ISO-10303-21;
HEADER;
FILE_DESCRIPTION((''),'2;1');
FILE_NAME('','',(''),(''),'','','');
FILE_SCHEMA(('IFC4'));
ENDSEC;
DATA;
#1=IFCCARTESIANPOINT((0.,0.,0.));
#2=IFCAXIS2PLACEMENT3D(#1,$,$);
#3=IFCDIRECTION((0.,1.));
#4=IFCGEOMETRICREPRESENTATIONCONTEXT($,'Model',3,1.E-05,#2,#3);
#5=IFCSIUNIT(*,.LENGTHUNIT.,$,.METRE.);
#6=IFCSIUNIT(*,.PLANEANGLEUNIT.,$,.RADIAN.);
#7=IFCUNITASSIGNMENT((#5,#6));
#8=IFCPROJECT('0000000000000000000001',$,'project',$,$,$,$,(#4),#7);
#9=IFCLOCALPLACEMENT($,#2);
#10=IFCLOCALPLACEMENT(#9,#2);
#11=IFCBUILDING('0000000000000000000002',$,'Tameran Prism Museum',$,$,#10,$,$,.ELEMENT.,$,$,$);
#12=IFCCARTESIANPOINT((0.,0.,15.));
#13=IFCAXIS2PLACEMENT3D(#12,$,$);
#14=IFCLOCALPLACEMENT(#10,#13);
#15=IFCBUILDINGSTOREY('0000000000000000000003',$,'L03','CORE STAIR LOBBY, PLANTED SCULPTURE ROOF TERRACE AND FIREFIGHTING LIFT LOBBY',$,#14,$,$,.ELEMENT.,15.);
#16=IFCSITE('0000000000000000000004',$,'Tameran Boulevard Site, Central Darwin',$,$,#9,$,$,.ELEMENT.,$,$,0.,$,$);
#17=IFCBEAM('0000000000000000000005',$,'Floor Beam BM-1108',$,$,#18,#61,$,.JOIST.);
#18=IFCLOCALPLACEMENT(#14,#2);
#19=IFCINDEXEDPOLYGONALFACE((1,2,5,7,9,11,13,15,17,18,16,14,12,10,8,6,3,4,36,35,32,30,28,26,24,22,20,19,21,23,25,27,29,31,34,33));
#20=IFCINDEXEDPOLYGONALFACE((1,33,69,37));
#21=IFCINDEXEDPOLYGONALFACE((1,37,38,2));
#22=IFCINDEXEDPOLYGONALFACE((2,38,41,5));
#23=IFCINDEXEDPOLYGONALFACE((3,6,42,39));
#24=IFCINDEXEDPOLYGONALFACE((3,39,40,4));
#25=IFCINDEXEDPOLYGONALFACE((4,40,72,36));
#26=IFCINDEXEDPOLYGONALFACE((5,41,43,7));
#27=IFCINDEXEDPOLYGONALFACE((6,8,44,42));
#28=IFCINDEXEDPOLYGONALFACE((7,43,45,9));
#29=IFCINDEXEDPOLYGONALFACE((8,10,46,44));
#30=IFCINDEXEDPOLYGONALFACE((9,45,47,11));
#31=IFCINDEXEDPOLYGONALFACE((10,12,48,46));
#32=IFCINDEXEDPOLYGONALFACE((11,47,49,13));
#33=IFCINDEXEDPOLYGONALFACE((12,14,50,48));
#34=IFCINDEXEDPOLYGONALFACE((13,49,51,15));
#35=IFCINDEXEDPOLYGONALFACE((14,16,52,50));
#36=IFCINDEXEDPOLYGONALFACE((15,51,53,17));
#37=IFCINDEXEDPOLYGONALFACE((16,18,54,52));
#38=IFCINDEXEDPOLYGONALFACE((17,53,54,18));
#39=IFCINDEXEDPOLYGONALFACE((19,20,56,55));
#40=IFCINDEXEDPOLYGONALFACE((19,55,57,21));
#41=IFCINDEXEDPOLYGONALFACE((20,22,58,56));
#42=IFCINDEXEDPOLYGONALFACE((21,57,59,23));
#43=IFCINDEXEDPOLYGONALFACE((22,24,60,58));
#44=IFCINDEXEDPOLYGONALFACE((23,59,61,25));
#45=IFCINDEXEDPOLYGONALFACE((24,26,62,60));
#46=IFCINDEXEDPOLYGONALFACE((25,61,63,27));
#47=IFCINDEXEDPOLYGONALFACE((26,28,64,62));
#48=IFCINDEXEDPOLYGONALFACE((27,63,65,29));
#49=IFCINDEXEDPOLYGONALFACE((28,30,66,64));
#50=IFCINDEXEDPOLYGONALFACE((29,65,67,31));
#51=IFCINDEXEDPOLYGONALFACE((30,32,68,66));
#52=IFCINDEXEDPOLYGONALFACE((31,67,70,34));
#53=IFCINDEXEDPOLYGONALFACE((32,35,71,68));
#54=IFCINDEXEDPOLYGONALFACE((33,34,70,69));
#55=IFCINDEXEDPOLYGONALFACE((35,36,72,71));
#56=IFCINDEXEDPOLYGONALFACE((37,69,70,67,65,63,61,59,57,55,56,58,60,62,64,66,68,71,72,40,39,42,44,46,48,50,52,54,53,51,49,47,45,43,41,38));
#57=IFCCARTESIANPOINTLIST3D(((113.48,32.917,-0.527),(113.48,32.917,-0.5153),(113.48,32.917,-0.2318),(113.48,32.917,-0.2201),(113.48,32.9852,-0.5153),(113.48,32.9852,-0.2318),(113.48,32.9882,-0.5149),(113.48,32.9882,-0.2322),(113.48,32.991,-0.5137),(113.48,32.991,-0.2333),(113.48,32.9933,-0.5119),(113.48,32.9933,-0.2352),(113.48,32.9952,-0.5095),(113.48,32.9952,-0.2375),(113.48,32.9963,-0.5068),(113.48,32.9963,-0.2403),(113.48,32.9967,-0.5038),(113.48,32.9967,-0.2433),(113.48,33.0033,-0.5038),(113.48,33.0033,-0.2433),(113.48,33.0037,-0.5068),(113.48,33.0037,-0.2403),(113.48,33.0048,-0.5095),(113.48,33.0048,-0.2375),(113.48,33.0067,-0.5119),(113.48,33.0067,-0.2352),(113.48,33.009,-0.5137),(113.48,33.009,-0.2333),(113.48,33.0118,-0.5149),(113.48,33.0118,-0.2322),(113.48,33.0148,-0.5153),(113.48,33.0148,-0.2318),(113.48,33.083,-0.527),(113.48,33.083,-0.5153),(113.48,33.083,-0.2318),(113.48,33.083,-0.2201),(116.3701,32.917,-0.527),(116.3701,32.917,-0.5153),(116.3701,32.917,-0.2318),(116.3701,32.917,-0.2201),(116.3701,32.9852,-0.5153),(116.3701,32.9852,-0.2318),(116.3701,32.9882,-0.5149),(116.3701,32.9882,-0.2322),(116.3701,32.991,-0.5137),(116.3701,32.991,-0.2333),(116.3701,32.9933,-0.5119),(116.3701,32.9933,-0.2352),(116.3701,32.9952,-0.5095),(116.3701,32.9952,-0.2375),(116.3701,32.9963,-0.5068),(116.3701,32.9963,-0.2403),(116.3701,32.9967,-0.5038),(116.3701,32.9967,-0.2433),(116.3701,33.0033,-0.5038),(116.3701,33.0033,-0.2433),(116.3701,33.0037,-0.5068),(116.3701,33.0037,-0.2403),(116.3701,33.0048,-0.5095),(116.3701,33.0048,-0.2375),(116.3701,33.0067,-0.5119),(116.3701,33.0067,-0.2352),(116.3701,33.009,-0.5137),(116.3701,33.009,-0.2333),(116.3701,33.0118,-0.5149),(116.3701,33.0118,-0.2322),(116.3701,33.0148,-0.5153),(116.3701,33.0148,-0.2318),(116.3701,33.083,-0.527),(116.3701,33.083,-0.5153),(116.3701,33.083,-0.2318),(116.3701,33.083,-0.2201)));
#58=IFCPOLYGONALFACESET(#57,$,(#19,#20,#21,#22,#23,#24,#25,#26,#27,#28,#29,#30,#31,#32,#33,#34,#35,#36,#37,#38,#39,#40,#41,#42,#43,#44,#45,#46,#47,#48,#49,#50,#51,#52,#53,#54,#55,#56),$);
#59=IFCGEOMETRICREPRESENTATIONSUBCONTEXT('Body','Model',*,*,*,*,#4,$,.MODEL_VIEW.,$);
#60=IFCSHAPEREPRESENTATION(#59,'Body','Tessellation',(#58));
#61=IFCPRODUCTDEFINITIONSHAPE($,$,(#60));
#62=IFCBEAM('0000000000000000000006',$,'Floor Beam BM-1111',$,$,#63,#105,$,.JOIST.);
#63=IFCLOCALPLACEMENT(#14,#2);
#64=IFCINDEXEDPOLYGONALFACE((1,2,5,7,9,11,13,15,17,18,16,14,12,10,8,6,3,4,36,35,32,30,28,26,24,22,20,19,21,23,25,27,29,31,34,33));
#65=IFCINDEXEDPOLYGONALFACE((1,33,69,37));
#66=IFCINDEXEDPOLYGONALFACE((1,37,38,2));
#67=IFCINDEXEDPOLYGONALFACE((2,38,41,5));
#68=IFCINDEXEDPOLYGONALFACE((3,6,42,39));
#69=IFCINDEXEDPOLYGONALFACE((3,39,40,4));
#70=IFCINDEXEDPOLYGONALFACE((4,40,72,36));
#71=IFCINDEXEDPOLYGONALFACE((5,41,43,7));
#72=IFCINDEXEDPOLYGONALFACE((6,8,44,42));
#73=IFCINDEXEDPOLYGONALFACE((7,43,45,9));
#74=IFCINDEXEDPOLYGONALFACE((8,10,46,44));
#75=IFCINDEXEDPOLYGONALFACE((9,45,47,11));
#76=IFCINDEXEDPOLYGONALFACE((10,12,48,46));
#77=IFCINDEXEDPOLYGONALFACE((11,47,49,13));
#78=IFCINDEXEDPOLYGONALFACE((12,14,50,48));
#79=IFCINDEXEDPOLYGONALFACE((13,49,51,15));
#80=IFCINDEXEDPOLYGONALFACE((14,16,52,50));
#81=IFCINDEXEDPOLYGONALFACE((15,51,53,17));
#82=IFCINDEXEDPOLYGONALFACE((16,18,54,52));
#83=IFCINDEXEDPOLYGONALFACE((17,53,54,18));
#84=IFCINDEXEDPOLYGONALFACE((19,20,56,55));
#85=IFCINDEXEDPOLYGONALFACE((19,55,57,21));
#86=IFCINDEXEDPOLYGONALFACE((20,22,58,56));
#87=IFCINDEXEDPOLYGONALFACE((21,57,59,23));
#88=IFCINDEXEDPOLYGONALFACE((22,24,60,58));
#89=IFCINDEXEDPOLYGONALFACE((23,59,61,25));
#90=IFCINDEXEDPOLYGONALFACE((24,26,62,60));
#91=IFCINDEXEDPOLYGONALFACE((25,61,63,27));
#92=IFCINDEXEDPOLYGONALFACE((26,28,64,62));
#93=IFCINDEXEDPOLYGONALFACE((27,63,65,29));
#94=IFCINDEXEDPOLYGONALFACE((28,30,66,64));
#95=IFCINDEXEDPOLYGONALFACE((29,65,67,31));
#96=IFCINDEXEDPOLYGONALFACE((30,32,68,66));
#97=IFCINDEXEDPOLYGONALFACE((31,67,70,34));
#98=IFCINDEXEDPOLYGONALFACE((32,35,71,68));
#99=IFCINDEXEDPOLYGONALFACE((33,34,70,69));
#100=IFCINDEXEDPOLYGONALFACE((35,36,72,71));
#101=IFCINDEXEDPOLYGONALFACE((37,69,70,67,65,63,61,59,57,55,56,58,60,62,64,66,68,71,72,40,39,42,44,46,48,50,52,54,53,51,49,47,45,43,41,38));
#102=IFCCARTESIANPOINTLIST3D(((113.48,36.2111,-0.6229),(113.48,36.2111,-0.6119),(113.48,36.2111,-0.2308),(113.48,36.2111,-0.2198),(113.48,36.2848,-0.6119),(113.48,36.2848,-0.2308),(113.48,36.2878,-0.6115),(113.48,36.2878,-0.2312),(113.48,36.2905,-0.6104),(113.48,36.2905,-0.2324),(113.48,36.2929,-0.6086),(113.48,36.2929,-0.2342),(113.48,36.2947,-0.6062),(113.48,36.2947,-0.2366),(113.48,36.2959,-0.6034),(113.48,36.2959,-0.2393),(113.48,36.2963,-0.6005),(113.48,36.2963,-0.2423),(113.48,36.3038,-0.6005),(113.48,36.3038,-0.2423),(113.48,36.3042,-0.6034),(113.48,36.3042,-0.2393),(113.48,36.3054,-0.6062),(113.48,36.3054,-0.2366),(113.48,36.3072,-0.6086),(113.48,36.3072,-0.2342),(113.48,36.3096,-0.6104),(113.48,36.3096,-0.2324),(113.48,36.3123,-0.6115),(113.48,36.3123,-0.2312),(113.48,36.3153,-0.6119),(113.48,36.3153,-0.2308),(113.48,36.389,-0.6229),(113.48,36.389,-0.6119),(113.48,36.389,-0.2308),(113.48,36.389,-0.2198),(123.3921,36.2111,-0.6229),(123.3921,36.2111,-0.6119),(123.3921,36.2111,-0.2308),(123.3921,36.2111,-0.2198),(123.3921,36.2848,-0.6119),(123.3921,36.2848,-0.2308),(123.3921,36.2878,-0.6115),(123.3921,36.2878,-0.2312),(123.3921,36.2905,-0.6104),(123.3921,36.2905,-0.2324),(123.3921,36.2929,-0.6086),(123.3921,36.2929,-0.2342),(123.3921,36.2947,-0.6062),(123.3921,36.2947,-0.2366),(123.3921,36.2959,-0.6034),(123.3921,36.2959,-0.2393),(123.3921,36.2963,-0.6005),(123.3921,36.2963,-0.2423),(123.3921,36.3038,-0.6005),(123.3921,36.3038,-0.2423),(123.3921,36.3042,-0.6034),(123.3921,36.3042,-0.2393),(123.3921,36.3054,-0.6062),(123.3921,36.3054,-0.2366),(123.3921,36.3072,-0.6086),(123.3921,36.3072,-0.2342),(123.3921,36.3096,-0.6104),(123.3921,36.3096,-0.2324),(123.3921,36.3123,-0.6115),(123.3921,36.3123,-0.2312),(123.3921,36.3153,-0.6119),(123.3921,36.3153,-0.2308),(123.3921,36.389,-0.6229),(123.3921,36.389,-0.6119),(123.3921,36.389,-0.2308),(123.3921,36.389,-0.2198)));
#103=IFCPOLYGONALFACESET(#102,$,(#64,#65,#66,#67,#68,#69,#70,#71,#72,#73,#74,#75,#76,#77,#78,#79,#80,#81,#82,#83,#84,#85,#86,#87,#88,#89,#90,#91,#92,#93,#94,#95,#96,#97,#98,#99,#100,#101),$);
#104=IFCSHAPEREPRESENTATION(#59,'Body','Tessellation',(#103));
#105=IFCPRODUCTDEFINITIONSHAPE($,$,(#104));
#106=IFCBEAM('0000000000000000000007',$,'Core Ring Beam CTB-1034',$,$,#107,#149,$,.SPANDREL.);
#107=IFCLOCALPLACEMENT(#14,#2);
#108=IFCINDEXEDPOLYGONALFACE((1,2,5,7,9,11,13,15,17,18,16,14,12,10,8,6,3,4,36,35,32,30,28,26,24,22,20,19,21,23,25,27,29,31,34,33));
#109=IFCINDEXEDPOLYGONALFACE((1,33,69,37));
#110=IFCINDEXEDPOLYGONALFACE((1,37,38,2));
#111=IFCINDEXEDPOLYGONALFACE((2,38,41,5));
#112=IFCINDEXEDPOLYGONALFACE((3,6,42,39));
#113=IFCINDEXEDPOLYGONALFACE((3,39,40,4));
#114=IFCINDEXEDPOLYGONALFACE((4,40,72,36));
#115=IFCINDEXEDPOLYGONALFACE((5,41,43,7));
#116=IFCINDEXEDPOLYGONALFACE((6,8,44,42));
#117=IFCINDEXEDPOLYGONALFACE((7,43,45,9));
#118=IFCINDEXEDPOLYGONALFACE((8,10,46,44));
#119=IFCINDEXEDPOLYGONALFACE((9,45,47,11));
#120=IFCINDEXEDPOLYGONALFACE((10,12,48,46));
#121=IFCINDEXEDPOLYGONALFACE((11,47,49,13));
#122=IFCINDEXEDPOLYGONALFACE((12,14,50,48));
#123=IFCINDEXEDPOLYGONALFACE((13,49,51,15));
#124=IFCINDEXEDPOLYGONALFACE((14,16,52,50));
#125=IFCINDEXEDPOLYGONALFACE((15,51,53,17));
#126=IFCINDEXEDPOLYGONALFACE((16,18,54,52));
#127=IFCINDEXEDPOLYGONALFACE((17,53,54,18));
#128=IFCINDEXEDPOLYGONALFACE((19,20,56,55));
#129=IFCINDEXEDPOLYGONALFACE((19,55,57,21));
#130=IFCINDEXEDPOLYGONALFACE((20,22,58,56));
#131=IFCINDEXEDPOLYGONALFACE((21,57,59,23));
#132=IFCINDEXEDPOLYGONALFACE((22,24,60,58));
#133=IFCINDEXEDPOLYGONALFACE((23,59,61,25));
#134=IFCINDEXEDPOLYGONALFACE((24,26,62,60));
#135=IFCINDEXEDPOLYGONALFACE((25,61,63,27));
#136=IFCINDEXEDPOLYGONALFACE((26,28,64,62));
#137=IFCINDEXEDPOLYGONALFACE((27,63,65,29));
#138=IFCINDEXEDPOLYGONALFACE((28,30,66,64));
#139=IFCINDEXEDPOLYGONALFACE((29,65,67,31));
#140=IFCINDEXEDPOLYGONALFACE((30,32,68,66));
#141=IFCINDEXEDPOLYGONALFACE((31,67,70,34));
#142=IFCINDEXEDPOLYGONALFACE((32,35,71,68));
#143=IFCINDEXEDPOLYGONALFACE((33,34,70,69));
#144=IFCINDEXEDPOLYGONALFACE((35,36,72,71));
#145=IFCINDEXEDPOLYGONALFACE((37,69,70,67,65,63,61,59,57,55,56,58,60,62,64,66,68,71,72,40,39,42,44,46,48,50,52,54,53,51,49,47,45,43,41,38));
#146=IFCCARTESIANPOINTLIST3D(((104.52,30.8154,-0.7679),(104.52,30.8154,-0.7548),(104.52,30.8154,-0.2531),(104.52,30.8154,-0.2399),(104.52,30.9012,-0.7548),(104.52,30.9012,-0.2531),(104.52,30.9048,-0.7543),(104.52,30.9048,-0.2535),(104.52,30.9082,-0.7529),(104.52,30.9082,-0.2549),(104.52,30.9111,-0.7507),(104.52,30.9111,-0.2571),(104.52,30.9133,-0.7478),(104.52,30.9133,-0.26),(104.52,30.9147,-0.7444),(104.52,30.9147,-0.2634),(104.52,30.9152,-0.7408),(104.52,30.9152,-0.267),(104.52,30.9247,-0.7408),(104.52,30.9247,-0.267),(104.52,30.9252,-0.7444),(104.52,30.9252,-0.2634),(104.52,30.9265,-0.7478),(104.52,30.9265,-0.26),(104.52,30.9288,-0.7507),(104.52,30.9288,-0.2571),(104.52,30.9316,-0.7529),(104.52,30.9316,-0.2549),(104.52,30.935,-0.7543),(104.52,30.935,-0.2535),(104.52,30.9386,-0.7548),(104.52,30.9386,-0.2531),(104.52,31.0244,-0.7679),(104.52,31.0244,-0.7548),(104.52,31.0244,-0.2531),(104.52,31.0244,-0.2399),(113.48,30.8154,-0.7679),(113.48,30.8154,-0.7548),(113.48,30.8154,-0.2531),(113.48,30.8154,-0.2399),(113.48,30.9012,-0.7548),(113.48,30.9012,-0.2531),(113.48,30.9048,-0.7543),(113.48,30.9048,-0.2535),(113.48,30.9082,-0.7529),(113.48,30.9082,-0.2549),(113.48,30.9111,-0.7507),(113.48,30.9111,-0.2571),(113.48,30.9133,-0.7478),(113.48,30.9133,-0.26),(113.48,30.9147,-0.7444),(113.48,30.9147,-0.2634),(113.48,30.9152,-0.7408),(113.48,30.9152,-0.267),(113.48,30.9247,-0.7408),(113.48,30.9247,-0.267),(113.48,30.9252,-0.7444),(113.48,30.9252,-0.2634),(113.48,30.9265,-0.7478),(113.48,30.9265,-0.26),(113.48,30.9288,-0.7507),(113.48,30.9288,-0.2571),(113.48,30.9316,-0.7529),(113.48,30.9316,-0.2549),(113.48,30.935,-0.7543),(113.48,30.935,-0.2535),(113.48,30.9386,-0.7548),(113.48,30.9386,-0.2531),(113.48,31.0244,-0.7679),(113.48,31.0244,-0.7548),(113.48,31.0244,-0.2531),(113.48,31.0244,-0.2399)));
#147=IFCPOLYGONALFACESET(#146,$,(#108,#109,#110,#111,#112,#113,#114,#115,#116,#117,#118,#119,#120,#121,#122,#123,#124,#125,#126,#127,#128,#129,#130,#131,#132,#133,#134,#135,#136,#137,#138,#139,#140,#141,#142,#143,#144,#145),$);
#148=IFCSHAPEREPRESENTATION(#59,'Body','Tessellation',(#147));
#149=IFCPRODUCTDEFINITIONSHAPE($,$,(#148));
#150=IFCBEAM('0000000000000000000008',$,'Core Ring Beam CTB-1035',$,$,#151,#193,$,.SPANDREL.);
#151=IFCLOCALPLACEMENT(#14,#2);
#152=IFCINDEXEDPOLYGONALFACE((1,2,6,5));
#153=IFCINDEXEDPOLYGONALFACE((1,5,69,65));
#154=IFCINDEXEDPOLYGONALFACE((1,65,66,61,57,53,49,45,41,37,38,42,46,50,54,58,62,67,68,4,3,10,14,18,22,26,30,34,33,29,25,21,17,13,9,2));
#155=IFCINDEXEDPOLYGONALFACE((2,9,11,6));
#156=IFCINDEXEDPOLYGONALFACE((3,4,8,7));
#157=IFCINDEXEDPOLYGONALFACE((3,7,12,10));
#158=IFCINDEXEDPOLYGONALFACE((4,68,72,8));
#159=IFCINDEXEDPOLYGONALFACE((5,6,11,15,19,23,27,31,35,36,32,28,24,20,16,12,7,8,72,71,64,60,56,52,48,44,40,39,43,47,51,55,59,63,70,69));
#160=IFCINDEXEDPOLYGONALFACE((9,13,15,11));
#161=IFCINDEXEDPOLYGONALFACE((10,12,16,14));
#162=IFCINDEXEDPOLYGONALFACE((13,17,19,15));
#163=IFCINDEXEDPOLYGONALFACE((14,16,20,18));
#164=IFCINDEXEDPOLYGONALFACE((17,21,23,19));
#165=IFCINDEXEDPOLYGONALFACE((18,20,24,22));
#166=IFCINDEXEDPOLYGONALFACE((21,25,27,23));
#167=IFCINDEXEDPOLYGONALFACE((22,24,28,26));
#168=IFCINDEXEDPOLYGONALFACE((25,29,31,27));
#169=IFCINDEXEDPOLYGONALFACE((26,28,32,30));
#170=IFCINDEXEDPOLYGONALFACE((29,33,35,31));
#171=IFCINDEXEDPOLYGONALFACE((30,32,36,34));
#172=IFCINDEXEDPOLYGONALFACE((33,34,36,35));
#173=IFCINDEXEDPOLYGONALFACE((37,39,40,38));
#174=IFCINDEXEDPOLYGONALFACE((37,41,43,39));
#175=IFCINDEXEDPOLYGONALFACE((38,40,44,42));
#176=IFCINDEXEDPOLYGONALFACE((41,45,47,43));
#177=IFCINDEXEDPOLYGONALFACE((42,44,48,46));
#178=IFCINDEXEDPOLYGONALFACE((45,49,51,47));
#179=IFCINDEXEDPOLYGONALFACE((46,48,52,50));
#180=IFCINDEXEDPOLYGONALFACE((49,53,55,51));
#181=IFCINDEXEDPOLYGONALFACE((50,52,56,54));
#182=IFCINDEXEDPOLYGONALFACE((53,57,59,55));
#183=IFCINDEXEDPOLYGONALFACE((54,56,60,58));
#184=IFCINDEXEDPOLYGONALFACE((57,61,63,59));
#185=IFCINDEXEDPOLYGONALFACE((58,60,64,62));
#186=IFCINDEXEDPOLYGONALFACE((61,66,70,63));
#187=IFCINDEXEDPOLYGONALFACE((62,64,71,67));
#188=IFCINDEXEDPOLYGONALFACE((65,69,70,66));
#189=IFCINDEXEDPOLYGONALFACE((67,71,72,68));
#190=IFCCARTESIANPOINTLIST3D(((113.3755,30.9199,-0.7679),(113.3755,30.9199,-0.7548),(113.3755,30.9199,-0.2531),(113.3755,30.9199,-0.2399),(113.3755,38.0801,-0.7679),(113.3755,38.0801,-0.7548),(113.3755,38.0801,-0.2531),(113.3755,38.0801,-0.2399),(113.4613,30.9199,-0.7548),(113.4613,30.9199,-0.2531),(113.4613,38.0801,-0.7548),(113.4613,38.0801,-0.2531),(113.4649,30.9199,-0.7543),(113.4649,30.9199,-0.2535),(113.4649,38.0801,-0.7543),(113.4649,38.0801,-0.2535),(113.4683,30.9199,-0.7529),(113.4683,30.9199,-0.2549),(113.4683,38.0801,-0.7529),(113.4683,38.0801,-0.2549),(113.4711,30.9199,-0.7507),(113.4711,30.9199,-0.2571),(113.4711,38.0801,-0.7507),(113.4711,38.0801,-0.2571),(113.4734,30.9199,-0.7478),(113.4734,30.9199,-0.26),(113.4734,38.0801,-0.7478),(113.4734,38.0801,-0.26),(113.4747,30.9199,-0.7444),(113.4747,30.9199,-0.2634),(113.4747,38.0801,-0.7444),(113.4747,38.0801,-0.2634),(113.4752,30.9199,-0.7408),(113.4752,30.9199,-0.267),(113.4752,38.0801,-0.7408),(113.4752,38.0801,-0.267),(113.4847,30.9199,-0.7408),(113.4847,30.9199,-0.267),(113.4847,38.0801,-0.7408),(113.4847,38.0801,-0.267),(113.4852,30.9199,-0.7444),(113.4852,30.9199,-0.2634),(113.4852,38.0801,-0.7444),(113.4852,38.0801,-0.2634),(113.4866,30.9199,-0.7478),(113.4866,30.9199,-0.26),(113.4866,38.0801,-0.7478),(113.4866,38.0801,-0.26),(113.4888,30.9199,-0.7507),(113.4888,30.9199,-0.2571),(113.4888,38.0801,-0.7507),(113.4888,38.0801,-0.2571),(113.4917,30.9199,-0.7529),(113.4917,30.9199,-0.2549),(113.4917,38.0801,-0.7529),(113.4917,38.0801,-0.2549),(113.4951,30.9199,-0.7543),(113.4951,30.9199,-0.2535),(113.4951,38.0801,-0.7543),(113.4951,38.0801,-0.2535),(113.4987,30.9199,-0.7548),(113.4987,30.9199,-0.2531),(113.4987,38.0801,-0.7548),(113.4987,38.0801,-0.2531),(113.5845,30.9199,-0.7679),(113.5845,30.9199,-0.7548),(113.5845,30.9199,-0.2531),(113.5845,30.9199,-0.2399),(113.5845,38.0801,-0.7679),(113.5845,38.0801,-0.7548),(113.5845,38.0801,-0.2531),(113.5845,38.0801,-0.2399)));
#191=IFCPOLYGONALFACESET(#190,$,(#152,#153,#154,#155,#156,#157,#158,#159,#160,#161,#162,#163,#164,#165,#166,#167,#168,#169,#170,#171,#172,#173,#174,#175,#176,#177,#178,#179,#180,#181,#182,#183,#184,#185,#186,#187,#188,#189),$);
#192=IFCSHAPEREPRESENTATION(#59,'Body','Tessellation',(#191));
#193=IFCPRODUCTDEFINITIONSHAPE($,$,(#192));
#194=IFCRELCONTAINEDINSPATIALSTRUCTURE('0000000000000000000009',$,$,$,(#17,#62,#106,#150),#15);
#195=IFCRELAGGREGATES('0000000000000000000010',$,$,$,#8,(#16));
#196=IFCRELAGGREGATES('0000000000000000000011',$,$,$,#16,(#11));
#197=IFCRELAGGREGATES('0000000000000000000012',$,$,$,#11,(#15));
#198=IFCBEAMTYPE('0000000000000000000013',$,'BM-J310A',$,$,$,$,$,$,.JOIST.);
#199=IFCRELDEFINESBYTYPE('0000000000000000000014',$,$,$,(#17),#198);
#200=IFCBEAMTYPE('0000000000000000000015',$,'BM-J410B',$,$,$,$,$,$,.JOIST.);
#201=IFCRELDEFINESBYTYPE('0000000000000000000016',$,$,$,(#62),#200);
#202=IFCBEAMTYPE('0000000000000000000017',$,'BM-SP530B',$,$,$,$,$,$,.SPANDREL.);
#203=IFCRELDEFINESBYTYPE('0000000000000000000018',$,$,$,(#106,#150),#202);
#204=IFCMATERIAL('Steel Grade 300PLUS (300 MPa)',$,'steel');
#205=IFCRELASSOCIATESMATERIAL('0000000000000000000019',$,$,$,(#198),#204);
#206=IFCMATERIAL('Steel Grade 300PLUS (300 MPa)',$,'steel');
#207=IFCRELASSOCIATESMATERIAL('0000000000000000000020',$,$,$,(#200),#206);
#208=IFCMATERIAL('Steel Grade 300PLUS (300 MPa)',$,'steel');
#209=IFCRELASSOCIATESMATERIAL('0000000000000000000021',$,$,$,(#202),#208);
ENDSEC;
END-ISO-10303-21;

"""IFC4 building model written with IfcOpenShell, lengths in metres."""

from ifc_helpers import new_model, si_unit, direction, frame, origin, origin_2d, place, context, subcontext, project, spatial, i_section, extrude, material, material_profile, profile_set, type_object, element, save


model = new_model("IFC4")

# Units and contexts
model_context = context("Model", 3, precision=1e-05, world=origin(), true_north=direction((0.0, 1.0)))
body_context = subcontext(model_context, "Body", "Model", "MODEL_VIEW")
ifc_project = project(units=[si_unit("LENGTHUNIT", "METRE"), si_unit("PLANEANGLEUNIT", "RADIAN")], contexts=[model_context])

# Site, building, storey
site_placement = place(None, origin())
site = spatial("IfcSite", under=ifc_project, at=site_placement, Name="Tameran Boulevard Site, Central Darwin", CompositionType="ELEMENT", RefElevation=0.0)
building_placement = place(site_placement, origin())
building = spatial("IfcBuilding", under=site, at=building_placement, Name="Tameran Prism Museum", CompositionType="ELEMENT")
storey_placement = place(building_placement, frame((0.0, 0.0, 15.0)))
storey = spatial("IfcBuildingStorey", under=building, at=storey_placement, Name="L03", Description="CORE STAIR LOBBY, PLANTED SCULPTURE ROOF TERRACE AND FIREFIGHTING LIFT LOBBY", CompositionType="ELEMENT", Elevation=15.0)

# Beams
ifc_material_1 = material(Name="Steel Grade 300PLUS (300 MPa)", Category="steel")
ifc_material_profile_1 = material_profile(ifc_material_1, i_section(OverallWidth=0.166, OverallDepth=0.3069, WebThickness=0.0066, FlangeThickness=0.0117, FilletRadius=0.0115, at=origin_2d()))
ifc_profile_set_1 = profile_set([ifc_material_profile_1])
beam_type_1 = type_object("IfcBeamType", Name="BM-J310A", PredefinedType="JOIST", material=ifc_profile_set_1)
beam_1_placement = place(storey_placement, frame((113.48, 33.0, -0.3735), z_axis=(1.0, 0.0, 0.0), x_axis=(0.0, 1.0, 0.0)))
element("IfcBeam", 1, at=beam_1_placement, inside=storey, type_object=beam_type_1, Name="Floor Beam BM-1108", PredefinedType="JOIST", context=body_context, shape_type="SweptSolid", body=[
    extrude(i_section(OverallWidth=0.166, OverallDepth=0.3069, WebThickness=0.0066, FlangeThickness=0.0117, FilletRadius=0.0115, at=origin_2d()), origin(), (0.0, 0.0, 1.0), 2.8901),
])
ifc_material_2 = material(Name="Steel Grade 300PLUS (300 MPa)", Category="steel")
ifc_material_profile_2 = material_profile(ifc_material_2, i_section(OverallWidth=0.178, OverallDepth=0.4031, WebThickness=0.0076, FlangeThickness=0.011, FilletRadius=0.0115, at=origin_2d()))
ifc_profile_set_2 = profile_set([ifc_material_profile_2])
beam_type_2 = type_object("IfcBeamType", Name="BM-J410B", PredefinedType="JOIST", material=ifc_profile_set_2)
beam_2_placement = place(storey_placement, frame((113.48, 36.3, -0.4214), z_axis=(1.0, 0.0, 0.0), x_axis=(0.0, 1.0, 0.0)))
element("IfcBeam", 2, at=beam_2_placement, inside=storey, type_object=beam_type_2, Name="Floor Beam BM-1111", PredefinedType="JOIST", context=body_context, shape_type="SweptSolid", body=[
    extrude(i_section(OverallWidth=0.178, OverallDepth=0.4031, WebThickness=0.0076, FlangeThickness=0.011, FilletRadius=0.0115, at=origin_2d()), origin(), (0.0, 0.0, 1.0), 9.9121),
])
ifc_material_3 = material(Name="Steel Grade 300PLUS (300 MPa)", Category="steel")
ifc_material_profile_3 = material_profile(ifc_material_3, i_section(OverallWidth=0.209, OverallDepth=0.5281, WebThickness=0.0095, FlangeThickness=0.0132, FilletRadius=0.0139, at=origin_2d()))
ifc_profile_set_3 = profile_set([ifc_material_profile_3])
beam_type_3 = type_object("IfcBeamType", Name="BM-SP530B", PredefinedType="SPANDREL", material=ifc_profile_set_3)
beam_3_placement = place(storey_placement, frame((104.52, 30.9199, -0.5039), z_axis=(1.0, 0.0, 0.0), x_axis=(0.0, 1.0, 0.0)))
element("IfcBeam", 3, at=beam_3_placement, inside=storey, type_object=beam_type_3, Name="Core Ring Beam CTB-1034", PredefinedType="SPANDREL", context=body_context, shape_type="SweptSolid", body=[
    extrude(i_section(OverallWidth=0.209, OverallDepth=0.5281, WebThickness=0.0095, FlangeThickness=0.0132, FilletRadius=0.0139, at=origin_2d()), origin(), (0.0, 0.0, 1.0), 8.96),
])
beam_4_placement = place(storey_placement, frame((113.48, 30.9199, -0.5039), z_axis=(0.0, 1.0, 0.0), x_axis=(-1.0, 0.0, 0.0)))
element("IfcBeam", 4, at=beam_4_placement, inside=storey, type_object=beam_type_3, Name="Core Ring Beam CTB-1035", PredefinedType="SPANDREL", context=body_context, shape_type="SweptSolid", body=[
    extrude(i_section(OverallWidth=0.209, OverallDepth=0.5281, WebThickness=0.0095, FlangeThickness=0.0132, FilletRadius=0.0139, at=origin_2d()), origin(), (0.0, 0.0, 1.0), 7.1602),
])

save(model, "model.ifc")
